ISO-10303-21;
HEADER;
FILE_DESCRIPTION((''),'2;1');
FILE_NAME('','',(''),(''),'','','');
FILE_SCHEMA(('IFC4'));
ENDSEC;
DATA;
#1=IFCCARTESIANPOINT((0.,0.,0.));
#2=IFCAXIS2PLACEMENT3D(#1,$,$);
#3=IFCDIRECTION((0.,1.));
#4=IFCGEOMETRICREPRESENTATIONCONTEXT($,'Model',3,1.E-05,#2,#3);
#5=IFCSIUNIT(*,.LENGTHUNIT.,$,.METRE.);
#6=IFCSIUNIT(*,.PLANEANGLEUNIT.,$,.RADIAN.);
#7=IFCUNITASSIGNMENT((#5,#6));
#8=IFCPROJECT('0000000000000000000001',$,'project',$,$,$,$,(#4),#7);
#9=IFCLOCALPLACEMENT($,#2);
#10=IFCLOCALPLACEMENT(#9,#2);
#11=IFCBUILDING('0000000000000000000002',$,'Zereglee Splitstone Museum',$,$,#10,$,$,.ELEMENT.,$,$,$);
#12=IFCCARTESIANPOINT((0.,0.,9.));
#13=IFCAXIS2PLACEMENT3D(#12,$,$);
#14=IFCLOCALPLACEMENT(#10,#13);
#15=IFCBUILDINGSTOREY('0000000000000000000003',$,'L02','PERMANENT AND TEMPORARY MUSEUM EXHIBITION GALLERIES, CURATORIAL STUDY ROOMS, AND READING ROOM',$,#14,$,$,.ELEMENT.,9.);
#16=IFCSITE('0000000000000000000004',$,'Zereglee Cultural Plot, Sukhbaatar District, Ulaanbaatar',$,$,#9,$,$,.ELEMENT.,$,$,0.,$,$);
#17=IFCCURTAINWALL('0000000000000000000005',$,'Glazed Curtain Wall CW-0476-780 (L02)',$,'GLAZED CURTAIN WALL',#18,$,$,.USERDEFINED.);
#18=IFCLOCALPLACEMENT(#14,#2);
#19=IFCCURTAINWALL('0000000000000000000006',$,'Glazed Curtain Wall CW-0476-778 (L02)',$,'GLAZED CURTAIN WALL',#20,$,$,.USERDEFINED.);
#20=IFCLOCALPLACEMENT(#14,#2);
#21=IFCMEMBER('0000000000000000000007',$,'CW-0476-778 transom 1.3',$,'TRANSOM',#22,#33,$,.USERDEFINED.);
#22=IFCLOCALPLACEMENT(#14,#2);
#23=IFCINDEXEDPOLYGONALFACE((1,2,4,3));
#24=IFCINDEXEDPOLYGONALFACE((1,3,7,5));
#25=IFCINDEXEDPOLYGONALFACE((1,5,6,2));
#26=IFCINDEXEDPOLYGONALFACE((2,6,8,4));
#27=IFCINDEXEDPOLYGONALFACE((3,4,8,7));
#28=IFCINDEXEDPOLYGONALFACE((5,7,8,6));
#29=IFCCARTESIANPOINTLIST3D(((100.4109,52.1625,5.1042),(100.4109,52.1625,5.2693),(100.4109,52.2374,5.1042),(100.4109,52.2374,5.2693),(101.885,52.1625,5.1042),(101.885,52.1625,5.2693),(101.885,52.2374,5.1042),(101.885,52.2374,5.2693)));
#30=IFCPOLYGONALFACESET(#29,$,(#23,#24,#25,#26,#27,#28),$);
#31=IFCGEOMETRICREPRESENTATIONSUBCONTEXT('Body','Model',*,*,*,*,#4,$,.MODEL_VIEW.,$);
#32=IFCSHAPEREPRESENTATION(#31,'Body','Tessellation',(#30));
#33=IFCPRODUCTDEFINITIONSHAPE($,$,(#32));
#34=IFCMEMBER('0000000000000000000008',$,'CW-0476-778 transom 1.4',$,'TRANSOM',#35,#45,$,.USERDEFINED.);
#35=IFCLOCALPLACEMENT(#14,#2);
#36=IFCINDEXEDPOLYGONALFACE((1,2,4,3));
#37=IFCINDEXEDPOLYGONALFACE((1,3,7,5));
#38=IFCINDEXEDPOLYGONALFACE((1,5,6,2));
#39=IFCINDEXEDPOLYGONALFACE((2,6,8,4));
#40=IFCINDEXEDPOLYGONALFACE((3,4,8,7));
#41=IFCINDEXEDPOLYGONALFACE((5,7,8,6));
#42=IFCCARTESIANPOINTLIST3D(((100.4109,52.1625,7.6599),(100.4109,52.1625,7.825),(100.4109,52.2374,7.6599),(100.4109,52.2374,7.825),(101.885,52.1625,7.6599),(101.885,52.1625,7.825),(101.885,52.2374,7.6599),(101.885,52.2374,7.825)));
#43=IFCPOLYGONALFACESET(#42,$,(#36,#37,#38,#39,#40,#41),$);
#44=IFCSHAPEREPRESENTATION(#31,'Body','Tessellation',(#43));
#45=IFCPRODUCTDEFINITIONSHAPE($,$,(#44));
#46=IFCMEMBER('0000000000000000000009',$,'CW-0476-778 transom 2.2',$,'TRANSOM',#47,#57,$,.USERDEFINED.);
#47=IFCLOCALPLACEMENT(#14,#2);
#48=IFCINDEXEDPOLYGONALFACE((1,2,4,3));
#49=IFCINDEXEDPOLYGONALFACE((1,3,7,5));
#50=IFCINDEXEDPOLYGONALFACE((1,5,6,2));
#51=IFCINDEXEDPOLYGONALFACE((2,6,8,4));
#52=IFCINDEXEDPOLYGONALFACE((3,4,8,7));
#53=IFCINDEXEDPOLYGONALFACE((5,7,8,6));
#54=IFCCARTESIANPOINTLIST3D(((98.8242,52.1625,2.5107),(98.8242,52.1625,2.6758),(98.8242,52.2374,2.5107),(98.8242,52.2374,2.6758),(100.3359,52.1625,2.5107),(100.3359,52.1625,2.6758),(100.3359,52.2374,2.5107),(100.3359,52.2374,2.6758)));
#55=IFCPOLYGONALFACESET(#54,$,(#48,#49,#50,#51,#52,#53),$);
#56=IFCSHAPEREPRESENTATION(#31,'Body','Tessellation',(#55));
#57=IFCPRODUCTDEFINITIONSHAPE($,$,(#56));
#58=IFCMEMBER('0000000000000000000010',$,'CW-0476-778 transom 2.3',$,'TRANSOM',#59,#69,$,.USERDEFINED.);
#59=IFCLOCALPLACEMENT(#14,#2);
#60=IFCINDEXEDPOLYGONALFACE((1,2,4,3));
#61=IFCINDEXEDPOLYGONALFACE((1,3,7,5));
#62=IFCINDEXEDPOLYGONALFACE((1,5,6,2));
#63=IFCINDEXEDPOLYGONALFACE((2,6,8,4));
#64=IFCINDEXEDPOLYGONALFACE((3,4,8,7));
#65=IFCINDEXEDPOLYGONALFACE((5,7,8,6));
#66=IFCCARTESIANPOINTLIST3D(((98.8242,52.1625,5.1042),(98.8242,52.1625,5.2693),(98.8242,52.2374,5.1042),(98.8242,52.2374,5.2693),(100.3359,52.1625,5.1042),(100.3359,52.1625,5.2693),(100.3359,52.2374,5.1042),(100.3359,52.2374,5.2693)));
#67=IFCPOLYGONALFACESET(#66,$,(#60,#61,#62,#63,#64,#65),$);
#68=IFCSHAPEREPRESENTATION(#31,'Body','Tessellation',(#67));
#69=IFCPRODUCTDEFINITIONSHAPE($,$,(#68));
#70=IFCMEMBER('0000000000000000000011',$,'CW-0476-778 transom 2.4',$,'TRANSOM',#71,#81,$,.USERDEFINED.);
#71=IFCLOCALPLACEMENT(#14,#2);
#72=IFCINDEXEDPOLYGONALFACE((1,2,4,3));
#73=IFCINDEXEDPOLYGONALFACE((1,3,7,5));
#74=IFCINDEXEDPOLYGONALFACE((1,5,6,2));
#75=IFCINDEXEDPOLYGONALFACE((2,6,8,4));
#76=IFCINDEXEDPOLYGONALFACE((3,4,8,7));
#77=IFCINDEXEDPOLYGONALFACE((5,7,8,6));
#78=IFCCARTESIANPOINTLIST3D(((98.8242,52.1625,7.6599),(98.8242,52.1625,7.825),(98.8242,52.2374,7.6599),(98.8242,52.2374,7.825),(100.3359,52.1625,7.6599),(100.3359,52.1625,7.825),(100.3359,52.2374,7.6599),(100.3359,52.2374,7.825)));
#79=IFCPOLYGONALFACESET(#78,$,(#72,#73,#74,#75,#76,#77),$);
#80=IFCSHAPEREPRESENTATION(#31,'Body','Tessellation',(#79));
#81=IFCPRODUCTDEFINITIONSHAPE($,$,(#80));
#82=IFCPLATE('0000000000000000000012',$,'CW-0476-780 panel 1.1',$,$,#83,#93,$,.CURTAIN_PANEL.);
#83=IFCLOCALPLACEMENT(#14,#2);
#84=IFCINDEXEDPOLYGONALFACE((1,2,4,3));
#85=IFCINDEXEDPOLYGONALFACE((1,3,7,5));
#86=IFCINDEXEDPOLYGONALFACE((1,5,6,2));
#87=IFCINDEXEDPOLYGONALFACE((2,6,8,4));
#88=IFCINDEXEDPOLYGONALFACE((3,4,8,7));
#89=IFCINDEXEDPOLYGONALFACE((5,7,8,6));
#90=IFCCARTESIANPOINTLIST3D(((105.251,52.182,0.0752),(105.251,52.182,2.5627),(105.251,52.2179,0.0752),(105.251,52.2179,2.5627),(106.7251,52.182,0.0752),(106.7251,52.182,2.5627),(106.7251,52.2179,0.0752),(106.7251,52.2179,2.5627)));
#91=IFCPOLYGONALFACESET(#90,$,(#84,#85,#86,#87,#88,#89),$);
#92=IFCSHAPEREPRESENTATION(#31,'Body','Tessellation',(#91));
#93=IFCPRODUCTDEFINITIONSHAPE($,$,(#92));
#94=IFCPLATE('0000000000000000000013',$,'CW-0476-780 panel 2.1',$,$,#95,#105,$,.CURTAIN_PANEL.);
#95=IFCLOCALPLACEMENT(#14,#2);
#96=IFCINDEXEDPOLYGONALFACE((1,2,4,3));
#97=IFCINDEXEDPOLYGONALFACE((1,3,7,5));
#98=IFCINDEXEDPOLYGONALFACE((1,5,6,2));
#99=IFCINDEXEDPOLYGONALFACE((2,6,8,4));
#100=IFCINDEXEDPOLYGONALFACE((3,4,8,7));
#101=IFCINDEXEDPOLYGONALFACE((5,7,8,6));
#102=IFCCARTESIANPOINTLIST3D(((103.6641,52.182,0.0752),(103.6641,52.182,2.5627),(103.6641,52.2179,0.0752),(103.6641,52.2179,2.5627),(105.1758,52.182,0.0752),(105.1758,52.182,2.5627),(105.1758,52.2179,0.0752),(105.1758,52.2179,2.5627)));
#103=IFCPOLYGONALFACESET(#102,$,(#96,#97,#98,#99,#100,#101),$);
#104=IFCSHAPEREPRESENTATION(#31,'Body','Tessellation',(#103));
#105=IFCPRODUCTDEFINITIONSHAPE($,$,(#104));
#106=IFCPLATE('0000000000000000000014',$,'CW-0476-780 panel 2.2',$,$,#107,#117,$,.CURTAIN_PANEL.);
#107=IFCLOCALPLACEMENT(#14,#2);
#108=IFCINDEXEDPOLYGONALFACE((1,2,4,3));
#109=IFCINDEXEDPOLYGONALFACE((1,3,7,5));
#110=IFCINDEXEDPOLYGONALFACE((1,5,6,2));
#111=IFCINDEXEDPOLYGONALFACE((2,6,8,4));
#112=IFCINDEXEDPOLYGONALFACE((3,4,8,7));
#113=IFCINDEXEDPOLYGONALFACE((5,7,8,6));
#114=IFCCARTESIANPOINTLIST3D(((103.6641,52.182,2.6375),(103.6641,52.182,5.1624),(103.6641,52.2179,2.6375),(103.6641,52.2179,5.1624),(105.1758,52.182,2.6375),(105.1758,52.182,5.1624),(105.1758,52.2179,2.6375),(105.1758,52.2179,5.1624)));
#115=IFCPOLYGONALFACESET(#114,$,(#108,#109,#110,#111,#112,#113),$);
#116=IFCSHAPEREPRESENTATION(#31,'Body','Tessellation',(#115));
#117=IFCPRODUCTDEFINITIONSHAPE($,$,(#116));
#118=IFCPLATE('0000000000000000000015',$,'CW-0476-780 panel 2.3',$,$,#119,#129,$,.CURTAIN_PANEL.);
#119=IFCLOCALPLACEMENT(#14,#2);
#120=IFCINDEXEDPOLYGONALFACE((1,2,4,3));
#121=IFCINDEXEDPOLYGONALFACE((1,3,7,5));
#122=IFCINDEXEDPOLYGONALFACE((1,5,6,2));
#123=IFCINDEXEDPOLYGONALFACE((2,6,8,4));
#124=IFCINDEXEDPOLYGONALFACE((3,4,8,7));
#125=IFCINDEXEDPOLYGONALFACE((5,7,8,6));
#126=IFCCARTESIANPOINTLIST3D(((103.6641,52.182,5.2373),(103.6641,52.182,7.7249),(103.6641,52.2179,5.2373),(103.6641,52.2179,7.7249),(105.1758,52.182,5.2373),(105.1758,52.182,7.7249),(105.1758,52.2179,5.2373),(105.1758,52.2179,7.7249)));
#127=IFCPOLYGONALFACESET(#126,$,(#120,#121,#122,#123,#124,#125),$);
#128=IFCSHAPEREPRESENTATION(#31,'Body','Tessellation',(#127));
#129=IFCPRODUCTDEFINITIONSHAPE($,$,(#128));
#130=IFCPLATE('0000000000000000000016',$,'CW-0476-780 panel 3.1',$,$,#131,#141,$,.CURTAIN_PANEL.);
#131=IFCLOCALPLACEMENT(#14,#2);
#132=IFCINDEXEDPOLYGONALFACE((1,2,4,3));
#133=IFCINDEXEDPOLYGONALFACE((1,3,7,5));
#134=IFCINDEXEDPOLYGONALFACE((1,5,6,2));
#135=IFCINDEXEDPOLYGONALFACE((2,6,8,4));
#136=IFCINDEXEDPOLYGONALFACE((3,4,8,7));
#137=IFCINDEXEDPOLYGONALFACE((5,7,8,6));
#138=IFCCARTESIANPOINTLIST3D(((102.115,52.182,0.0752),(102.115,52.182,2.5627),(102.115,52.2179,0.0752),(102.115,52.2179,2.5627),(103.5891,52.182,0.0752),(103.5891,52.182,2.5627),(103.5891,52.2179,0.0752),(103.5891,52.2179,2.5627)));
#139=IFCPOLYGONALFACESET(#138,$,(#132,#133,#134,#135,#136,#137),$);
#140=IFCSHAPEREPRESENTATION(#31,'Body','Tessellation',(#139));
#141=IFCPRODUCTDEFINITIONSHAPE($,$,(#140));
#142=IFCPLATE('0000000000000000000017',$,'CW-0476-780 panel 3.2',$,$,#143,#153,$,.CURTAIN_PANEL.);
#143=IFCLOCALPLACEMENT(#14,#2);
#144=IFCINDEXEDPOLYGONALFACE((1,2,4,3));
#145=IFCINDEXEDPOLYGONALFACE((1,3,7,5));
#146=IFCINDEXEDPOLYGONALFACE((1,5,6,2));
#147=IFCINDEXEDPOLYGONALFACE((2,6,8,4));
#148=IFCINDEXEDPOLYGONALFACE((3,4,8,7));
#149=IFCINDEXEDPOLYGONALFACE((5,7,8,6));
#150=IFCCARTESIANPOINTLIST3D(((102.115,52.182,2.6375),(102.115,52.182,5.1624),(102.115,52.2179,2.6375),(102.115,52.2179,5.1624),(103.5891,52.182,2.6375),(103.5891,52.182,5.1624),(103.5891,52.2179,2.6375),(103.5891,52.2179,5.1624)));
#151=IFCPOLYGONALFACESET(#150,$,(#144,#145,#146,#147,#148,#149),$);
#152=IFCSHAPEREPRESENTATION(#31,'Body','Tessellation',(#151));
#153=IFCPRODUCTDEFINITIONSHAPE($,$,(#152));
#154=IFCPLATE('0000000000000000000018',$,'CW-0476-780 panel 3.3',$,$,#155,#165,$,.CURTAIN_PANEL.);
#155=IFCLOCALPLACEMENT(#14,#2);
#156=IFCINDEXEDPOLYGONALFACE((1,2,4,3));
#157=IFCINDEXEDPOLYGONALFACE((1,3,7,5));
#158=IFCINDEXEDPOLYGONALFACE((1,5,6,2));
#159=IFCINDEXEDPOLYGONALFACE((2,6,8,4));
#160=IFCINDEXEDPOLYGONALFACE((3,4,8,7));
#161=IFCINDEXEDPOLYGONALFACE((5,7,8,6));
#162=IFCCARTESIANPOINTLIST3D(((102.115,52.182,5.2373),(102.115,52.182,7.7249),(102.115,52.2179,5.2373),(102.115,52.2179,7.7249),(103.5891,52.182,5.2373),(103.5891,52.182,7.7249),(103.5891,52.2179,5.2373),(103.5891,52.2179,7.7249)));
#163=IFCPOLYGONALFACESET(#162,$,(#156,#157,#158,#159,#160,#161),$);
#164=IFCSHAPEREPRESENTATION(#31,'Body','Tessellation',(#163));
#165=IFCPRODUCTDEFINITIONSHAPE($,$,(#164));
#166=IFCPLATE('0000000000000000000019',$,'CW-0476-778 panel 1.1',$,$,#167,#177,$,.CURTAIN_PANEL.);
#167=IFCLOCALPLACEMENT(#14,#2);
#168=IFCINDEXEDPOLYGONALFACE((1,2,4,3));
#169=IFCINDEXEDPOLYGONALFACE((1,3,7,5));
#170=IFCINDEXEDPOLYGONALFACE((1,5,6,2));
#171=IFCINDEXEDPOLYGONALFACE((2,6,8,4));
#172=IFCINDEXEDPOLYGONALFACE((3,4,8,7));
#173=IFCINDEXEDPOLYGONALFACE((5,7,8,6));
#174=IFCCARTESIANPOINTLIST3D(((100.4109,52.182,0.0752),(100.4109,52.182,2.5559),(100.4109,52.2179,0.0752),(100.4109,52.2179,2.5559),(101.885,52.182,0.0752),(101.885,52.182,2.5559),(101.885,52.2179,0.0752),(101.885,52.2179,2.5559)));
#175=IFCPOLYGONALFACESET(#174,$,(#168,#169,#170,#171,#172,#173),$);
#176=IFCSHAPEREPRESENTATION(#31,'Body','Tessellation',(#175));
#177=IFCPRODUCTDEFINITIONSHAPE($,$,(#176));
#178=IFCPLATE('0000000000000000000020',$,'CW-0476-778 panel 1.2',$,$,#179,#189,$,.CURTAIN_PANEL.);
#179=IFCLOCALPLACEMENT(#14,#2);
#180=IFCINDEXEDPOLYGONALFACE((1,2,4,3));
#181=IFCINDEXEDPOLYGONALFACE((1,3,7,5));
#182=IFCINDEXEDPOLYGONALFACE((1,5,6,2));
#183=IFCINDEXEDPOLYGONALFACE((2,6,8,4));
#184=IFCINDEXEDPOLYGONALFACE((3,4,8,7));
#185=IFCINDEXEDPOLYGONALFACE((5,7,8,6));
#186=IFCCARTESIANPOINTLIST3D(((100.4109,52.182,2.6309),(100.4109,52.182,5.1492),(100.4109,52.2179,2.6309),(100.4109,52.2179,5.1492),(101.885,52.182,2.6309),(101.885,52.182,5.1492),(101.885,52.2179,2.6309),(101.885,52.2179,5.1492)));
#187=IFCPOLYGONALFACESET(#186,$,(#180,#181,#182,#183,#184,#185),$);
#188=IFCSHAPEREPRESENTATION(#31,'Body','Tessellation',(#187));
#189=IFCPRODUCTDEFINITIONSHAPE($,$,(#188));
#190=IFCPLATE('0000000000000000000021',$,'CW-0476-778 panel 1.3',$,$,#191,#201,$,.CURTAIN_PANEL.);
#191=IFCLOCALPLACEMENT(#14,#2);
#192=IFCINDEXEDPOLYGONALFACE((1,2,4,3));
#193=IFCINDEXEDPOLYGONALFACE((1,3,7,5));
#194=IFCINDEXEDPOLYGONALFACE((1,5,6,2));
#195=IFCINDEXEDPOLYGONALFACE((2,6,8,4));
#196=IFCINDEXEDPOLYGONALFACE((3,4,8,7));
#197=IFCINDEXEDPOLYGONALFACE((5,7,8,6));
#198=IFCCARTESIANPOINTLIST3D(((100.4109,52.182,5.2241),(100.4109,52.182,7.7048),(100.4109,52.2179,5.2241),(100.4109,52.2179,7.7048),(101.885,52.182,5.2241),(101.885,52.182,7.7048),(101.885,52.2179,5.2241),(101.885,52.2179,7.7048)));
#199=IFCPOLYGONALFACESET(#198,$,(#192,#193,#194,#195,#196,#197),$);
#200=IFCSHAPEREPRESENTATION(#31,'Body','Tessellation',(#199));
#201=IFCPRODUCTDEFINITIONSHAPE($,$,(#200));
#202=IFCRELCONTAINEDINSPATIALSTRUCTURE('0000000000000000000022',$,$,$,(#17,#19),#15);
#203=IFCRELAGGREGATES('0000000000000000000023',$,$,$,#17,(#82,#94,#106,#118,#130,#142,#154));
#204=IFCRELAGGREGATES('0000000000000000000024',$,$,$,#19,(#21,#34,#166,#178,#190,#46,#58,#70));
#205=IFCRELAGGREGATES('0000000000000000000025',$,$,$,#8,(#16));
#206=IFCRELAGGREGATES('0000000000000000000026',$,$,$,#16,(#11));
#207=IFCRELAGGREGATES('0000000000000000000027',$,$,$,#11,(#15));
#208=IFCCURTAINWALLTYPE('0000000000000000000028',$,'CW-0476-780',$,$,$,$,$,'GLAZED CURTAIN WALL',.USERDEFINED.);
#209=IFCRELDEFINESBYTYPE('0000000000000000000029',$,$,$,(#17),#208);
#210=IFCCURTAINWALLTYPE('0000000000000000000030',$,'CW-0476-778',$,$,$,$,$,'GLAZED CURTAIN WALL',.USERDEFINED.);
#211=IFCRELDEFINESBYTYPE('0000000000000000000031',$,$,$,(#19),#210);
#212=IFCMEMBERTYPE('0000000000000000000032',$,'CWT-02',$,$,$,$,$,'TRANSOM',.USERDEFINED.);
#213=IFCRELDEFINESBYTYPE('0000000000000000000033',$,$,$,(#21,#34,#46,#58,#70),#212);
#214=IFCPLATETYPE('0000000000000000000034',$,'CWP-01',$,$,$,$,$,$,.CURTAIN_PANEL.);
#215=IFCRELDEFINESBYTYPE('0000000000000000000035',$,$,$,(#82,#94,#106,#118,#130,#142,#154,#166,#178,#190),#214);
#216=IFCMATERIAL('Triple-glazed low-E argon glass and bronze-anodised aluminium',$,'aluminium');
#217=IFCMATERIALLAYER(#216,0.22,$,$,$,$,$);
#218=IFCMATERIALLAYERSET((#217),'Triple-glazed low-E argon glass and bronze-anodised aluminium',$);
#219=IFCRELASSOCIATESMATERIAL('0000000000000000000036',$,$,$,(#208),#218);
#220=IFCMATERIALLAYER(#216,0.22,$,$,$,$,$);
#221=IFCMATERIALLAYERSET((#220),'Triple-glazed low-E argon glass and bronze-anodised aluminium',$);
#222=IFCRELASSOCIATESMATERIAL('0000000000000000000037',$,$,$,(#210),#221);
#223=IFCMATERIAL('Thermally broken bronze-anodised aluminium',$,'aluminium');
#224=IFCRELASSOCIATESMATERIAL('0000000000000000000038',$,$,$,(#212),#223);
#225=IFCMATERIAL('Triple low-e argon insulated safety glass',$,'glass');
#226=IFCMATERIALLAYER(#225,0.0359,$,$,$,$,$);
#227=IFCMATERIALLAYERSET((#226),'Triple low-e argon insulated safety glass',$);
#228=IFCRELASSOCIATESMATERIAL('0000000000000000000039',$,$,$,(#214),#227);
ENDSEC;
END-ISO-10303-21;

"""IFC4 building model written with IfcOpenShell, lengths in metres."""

from ifc_helpers import new_model, si_unit, direction, frame, origin, origin_2d, place, context, subcontext, project, spatial, rectangle, extrude, material, layer, layer_set, material_profile, profile_set, type_object, element, aggregate, save


model = new_model("IFC4")

# Units and contexts
model_context = context("Model", 3, precision=1e-05, world=origin(), true_north=direction((0.0, 1.0)))
body_context = subcontext(model_context, "Body", "Model", "MODEL_VIEW")
ifc_project = project(units=[si_unit("LENGTHUNIT", "METRE"), si_unit("PLANEANGLEUNIT", "RADIAN")], contexts=[model_context])

# Site, building, storey
site_placement = place(None, origin())
site = spatial("IfcSite", under=ifc_project, at=site_placement, Name="Zereglee Cultural Plot, Sukhbaatar District, Ulaanbaatar", CompositionType="ELEMENT", RefElevation=0.0)
building_placement = place(site_placement, origin())
building = spatial("IfcBuilding", under=site, at=building_placement, Name="Zereglee Splitstone Museum", CompositionType="ELEMENT")
storey_placement = place(building_placement, frame((0.0, 0.0, 9.0)))
storey = spatial("IfcBuildingStorey", under=building, at=storey_placement, Name="L02", Description="PERMANENT AND TEMPORARY MUSEUM EXHIBITION GALLERIES, CURATORIAL STUDY ROOMS, AND READING ROOM", CompositionType="ELEMENT", Elevation=9.0)

# Curtain walls
ifc_material_1 = material(Name="Triple-glazed low-E argon glass and bronze-anodised aluminium", Category="aluminium")
ifc_layer_1 = layer(ifc_material_1, 0.22)
ifc_layer_set_1 = layer_set([ifc_layer_1], Name="Triple-glazed low-E argon glass and bronze-anodised aluminium")
curtain_wall_type_1 = type_object("IfcCurtainWallType", Name="CW-0476-780", ElementType="GLAZED CURTAIN WALL", PredefinedType="USERDEFINED", material=ifc_layer_set_1)
curtain_wall_1_placement = place(storey_placement, origin())
curtain_wall_1 = element("IfcCurtainWall", 1, at=curtain_wall_1_placement, inside=storey, type_object=curtain_wall_type_1, Name="Glazed Curtain Wall CW-0476-780 (L02)", ObjectType="GLAZED CURTAIN WALL", PredefinedType="USERDEFINED")
ifc_material_2 = material(Name="Thermally broken bronze-anodised aluminium", Category="aluminium")
ifc_layer_2 = layer(ifc_material_1, 0.22)
ifc_layer_set_2 = layer_set([ifc_layer_2], Name="Triple-glazed low-E argon glass and bronze-anodised aluminium")
curtain_wall_type_2 = type_object("IfcCurtainWallType", Name="CW-0476-778", ElementType="GLAZED CURTAIN WALL", PredefinedType="USERDEFINED", material=ifc_layer_set_2)
curtain_wall_2_placement = place(storey_placement, origin())
curtain_wall_2 = element("IfcCurtainWall", 2, at=curtain_wall_2_placement, inside=storey, type_object=curtain_wall_type_2, Name="Glazed Curtain Wall CW-0476-778 (L02)", ObjectType="GLAZED CURTAIN WALL", PredefinedType="USERDEFINED")

# Members
ifc_material_profile_1 = material_profile(ifc_material_2, rectangle(XDim=0.075, YDim=0.165, at=origin_2d()), Name="CW TRAN 75x165")
ifc_profile_set_1 = profile_set([ifc_material_profile_1], Name="Thermally broken bronze-anodised aluminium")
member_type_1 = type_object("IfcMemberType", Name="CWT-02", ElementType="TRANSOM", PredefinedType="USERDEFINED", material=ifc_profile_set_1)
member_1_placement = place(storey_placement, frame((101.885, 52.2, 5.1868), z_axis=(-1.0, 0.0, 0.0), x_axis=(0.0, -1.0, 0.0)))
member_1 = element("IfcMember", 3, at=member_1_placement, type_object=member_type_1, Name="CW-0476-778 transom 1.3", ObjectType="TRANSOM", PredefinedType="USERDEFINED", context=body_context, shape_type="SweptSolid", body=[
    extrude(rectangle(XDim=0.075, YDim=0.165, at=origin_2d()), origin(), (0.0, 0.0, 1.0), 1.4741),
])
member_2_placement = place(storey_placement, frame((101.885, 52.2, 7.7424), z_axis=(-1.0, 0.0, 0.0), x_axis=(0.0, -1.0, 0.0)))
member_2 = element("IfcMember", 4, at=member_2_placement, type_object=member_type_1, Name="CW-0476-778 transom 1.4", ObjectType="TRANSOM", PredefinedType="USERDEFINED", context=body_context, shape_type="SweptSolid", body=[
    extrude(rectangle(XDim=0.075, YDim=0.165, at=origin_2d()), origin(), (0.0, 0.0, 1.0), 1.4741),
])
member_3_placement = place(storey_placement, frame((100.3359, 52.2, 2.5933), z_axis=(-1.0, 0.0, 0.0), x_axis=(0.0, -1.0, 0.0)))
member_3 = element("IfcMember", 5, at=member_3_placement, type_object=member_type_1, Name="CW-0476-778 transom 2.2", ObjectType="TRANSOM", PredefinedType="USERDEFINED", context=body_context, shape_type="SweptSolid", body=[
    extrude(rectangle(XDim=0.075, YDim=0.165, at=origin_2d()), origin(), (0.0, 0.0, 1.0), 1.5117),
])
member_4_placement = place(storey_placement, frame((100.3359, 52.2, 5.1868), z_axis=(-1.0, 0.0, 0.0), x_axis=(0.0, -1.0, 0.0)))
member_4 = element("IfcMember", 6, at=member_4_placement, type_object=member_type_1, Name="CW-0476-778 transom 2.3", ObjectType="TRANSOM", PredefinedType="USERDEFINED", context=body_context, shape_type="SweptSolid", body=[
    extrude(rectangle(XDim=0.075, YDim=0.165, at=origin_2d()), origin(), (0.0, 0.0, 1.0), 1.5117),
])
member_5_placement = place(storey_placement, frame((100.3359, 52.2, 7.7424), z_axis=(-1.0, 0.0, 0.0), x_axis=(0.0, -1.0, 0.0)))
member_5 = element("IfcMember", 7, at=member_5_placement, type_object=member_type_1, Name="CW-0476-778 transom 2.4", ObjectType="TRANSOM", PredefinedType="USERDEFINED", context=body_context, shape_type="SweptSolid", body=[
    extrude(rectangle(XDim=0.075, YDim=0.165, at=origin_2d()), origin(), (0.0, 0.0, 1.0), 1.5117),
])

# Plates
ifc_material_3 = material(Name="Triple low-e argon insulated safety glass", Category="glass")
ifc_layer_3 = layer(ifc_material_3, 0.0359)
ifc_layer_set_3 = layer_set([ifc_layer_3], Name="Triple low-e argon insulated safety glass")
plate_type = type_object("IfcPlateType", Name="CWP-01", PredefinedType="CURTAIN_PANEL", material=ifc_layer_set_3)
plate_1_placement = place(storey_placement, frame((105.988, 52.2, 0.0752), z_axis=(0.0, 0.0, 1.0), x_axis=(-1.0, 0.0, 0.0)))
plate_1 = element("IfcPlate", 8, at=plate_1_placement, type_object=plate_type, Name="CW-0476-780 panel 1.1", PredefinedType="CURTAIN_PANEL", context=body_context, shape_type="SweptSolid", body=[
    extrude(rectangle(XDim=1.4741, YDim=0.0359, at=origin_2d()), origin(), (0.0, 0.0, 1.0), 2.4875),
])
plate_2_placement = place(storey_placement, frame((104.4199, 52.2, 0.0752), z_axis=(0.0, 0.0, 1.0), x_axis=(-1.0, 0.0, 0.0)))
plate_2 = element("IfcPlate", 9, at=plate_2_placement, type_object=plate_type, Name="CW-0476-780 panel 2.1", PredefinedType="CURTAIN_PANEL", context=body_context, shape_type="SweptSolid", body=[
    extrude(rectangle(XDim=1.5117, YDim=0.0359, at=origin_2d()), origin(), (0.0, 0.0, 1.0), 2.4875),
])
plate_3_placement = place(storey_placement, frame((104.4199, 52.2, 2.6375), z_axis=(0.0, 0.0, 1.0), x_axis=(-1.0, 0.0, 0.0)))
plate_3 = element("IfcPlate", 10, at=plate_3_placement, type_object=plate_type, Name="CW-0476-780 panel 2.2", PredefinedType="CURTAIN_PANEL", context=body_context, shape_type="SweptSolid", body=[
    extrude(rectangle(XDim=1.5117, YDim=0.0359, at=origin_2d()), origin(), (0.0, 0.0, 1.0), 2.5249),
])
plate_4_placement = place(storey_placement, frame((104.4199, 52.2, 5.2373), z_axis=(0.0, 0.0, 1.0), x_axis=(-1.0, 0.0, 0.0)))
plate_4 = element("IfcPlate", 11, at=plate_4_placement, type_object=plate_type, Name="CW-0476-780 panel 2.3", PredefinedType="CURTAIN_PANEL", context=body_context, shape_type="SweptSolid", body=[
    extrude(rectangle(XDim=1.5117, YDim=0.0359, at=origin_2d()), origin(), (0.0, 0.0, 1.0), 2.4875),
])
plate_5_placement = place(storey_placement, frame((102.8521, 52.2, 0.0752), z_axis=(0.0, 0.0, 1.0), x_axis=(-1.0, 0.0, 0.0)))
plate_5 = element("IfcPlate", 12, at=plate_5_placement, type_object=plate_type, Name="CW-0476-780 panel 3.1", PredefinedType="CURTAIN_PANEL", context=body_context, shape_type="SweptSolid", body=[
    extrude(rectangle(XDim=1.4741, YDim=0.0359, at=origin_2d()), origin(), (0.0, 0.0, 1.0), 2.4875),
])
plate_6_placement = place(storey_placement, frame((102.8521, 52.2, 2.6375), z_axis=(0.0, 0.0, 1.0), x_axis=(-1.0, 0.0, 0.0)))
plate_6 = element("IfcPlate", 13, at=plate_6_placement, type_object=plate_type, Name="CW-0476-780 panel 3.2", PredefinedType="CURTAIN_PANEL", context=body_context, shape_type="SweptSolid", body=[
    extrude(rectangle(XDim=1.4741, YDim=0.0359, at=origin_2d()), origin(), (0.0, 0.0, 1.0), 2.5249),
])
plate_7_placement = place(storey_placement, frame((102.8521, 52.2, 5.2373), z_axis=(0.0, 0.0, 1.0), x_axis=(-1.0, 0.0, 0.0)))
plate_7 = element("IfcPlate", 14, at=plate_7_placement, type_object=plate_type, Name="CW-0476-780 panel 3.3", PredefinedType="CURTAIN_PANEL", context=body_context, shape_type="SweptSolid", body=[
    extrude(rectangle(XDim=1.4741, YDim=0.0359, at=origin_2d()), origin(), (0.0, 0.0, 1.0), 2.4875),
])
aggregate(curtain_wall_1, [plate_1, plate_2, plate_3, plate_4, plate_5, plate_6, plate_7])
plate_8_placement = place(storey_placement, frame((101.1479, 52.2, 0.0752), z_axis=(0.0, 0.0, 1.0), x_axis=(-1.0, 0.0, 0.0)))
plate_8 = element("IfcPlate", 15, at=plate_8_placement, type_object=plate_type, Name="CW-0476-778 panel 1.1", PredefinedType="CURTAIN_PANEL", context=body_context, shape_type="SweptSolid", body=[
    extrude(rectangle(XDim=1.4741, YDim=0.0359, at=origin_2d()), origin(), (0.0, 0.0, 1.0), 2.4807),
])
plate_9_placement = place(storey_placement, frame((101.1479, 52.2, 2.6309), z_axis=(0.0, 0.0, 1.0), x_axis=(-1.0, 0.0, 0.0)))
plate_9 = element("IfcPlate", 16, at=plate_9_placement, type_object=plate_type, Name="CW-0476-778 panel 1.2", PredefinedType="CURTAIN_PANEL", context=body_context, shape_type="SweptSolid", body=[
    extrude(rectangle(XDim=1.4741, YDim=0.0359, at=origin_2d()), origin(), (0.0, 0.0, 1.0), 2.5183),
])
plate_10_placement = place(storey_placement, frame((101.1479, 52.2, 5.2241), z_axis=(0.0, 0.0, 1.0), x_axis=(-1.0, 0.0, 0.0)))
plate_10 = element("IfcPlate", 17, at=plate_10_placement, type_object=plate_type, Name="CW-0476-778 panel 1.3", PredefinedType="CURTAIN_PANEL", context=body_context, shape_type="SweptSolid", body=[
    extrude(rectangle(XDim=1.4741, YDim=0.0359, at=origin_2d()), origin(), (0.0, 0.0, 1.0), 2.4807),
])
aggregate(curtain_wall_2, [member_1, member_2, plate_8, plate_9, plate_10, member_3, member_4, member_5])

save(model, "model.ifc")
